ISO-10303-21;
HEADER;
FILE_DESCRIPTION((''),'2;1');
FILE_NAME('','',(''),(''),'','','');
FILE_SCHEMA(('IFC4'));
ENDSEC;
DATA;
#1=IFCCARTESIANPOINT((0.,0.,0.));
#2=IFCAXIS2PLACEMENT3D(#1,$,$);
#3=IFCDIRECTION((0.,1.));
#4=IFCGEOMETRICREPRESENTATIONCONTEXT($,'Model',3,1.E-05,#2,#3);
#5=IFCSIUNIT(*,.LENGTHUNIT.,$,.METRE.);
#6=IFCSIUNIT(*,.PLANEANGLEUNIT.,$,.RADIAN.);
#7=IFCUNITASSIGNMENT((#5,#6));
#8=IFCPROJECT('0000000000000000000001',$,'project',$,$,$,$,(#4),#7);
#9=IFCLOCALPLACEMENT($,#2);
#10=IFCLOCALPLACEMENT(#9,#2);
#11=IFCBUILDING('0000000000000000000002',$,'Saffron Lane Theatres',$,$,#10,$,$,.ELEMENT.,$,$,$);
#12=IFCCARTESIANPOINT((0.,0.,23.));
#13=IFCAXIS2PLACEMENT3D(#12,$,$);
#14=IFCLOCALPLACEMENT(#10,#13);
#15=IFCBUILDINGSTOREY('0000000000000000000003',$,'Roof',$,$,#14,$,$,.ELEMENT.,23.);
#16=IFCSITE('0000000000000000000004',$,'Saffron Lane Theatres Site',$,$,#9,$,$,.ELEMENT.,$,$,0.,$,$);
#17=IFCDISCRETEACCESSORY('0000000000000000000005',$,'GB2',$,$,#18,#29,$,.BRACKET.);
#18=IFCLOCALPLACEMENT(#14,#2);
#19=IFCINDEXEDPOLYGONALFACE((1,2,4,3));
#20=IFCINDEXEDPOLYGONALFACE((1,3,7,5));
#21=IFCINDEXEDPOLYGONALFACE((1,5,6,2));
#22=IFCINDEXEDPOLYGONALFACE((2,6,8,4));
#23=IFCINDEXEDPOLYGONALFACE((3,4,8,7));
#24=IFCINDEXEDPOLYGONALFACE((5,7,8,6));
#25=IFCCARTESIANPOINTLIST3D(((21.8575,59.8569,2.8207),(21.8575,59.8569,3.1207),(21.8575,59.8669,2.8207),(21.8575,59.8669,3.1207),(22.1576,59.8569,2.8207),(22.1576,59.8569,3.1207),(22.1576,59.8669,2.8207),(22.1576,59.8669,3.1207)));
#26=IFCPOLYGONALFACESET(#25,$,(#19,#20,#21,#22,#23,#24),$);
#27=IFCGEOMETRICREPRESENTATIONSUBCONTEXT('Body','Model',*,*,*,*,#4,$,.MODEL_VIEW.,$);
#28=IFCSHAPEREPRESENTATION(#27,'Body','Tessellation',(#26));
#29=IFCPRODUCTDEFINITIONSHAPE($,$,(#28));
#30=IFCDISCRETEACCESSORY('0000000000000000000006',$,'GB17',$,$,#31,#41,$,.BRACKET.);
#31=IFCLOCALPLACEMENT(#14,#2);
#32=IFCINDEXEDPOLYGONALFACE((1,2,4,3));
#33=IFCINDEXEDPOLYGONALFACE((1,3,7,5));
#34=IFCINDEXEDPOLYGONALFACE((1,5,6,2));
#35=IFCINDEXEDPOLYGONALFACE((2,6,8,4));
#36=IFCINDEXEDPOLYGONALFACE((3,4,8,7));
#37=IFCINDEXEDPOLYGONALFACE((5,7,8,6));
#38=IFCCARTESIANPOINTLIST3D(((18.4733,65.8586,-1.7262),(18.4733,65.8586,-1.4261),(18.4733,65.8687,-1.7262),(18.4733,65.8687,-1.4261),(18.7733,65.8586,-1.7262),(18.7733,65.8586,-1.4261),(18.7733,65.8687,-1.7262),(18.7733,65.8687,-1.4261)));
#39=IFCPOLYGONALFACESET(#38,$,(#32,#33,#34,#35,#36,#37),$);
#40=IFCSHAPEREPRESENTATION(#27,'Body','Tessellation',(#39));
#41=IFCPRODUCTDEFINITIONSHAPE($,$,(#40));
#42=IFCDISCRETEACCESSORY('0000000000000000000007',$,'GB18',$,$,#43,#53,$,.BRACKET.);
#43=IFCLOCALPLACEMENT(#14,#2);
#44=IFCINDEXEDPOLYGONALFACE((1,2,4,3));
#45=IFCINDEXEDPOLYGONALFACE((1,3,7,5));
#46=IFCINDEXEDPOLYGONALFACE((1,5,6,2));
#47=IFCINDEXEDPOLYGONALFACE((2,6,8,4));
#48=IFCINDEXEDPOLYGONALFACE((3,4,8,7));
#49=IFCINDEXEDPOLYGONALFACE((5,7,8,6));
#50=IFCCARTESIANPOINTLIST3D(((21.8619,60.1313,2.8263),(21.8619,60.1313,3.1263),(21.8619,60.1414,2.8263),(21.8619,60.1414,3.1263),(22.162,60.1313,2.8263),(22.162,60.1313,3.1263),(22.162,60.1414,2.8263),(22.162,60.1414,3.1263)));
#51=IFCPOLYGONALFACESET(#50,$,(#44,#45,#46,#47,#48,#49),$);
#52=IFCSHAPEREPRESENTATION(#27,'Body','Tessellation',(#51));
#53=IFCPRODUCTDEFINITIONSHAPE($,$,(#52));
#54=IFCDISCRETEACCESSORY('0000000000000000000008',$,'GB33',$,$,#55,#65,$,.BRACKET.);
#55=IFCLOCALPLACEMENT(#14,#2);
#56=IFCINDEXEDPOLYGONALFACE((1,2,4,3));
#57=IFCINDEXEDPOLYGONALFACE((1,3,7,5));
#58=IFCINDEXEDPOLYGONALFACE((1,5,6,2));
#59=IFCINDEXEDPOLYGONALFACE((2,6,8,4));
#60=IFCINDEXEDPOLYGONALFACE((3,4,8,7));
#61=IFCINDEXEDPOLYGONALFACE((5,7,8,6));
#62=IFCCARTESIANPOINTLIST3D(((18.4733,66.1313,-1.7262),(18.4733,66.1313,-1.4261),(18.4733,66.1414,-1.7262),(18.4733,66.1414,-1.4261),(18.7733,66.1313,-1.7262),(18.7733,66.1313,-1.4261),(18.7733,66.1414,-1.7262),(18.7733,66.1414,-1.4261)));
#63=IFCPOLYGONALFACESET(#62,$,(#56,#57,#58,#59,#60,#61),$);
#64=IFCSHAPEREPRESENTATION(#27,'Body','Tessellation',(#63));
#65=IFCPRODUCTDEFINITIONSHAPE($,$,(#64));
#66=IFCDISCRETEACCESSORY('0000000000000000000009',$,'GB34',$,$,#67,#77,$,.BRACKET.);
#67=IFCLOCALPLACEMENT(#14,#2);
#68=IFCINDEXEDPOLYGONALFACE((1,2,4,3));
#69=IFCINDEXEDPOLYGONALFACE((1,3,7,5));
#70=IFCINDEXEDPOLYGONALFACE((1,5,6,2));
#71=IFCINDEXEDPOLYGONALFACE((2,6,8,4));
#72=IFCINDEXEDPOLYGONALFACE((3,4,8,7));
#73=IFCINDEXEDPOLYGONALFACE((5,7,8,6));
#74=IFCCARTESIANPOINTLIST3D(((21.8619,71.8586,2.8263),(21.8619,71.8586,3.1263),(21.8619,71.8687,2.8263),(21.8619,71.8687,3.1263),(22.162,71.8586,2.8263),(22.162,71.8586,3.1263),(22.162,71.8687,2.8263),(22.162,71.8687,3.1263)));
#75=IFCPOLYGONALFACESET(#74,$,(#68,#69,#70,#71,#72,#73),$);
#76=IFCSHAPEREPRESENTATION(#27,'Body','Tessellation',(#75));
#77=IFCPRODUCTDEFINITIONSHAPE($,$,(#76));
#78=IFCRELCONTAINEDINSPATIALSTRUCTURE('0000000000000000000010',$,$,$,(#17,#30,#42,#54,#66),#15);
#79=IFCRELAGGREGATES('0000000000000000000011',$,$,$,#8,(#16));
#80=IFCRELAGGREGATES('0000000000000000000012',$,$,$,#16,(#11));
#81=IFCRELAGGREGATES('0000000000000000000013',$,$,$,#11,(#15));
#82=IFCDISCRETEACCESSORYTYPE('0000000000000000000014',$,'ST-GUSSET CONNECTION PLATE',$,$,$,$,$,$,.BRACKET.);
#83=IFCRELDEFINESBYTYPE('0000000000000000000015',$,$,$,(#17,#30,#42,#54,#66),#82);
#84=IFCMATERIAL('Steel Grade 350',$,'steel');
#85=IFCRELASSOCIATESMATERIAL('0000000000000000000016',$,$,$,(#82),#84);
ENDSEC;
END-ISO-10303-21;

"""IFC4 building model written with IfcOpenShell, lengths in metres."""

from ifc_helpers import new_model, si_unit, direction, frame, origin, origin_2d, place, context, subcontext, project, spatial, rectangle, extrude, material, material_profile, profile_set, type_object, element, save


model = new_model("IFC4")

# Units and contexts
model_context = context("Model", 3, precision=1e-05, world=origin(), true_north=direction((0.0, 1.0)))
body_context = subcontext(model_context, "Body", "Model", "MODEL_VIEW")
ifc_project = project(units=[si_unit("LENGTHUNIT", "METRE"), si_unit("PLANEANGLEUNIT", "RADIAN")], contexts=[model_context])

# Site, building, storey
site_placement = place(None, origin())
site = spatial("IfcSite", under=ifc_project, at=site_placement, Name="Saffron Lane Theatres Site", CompositionType="ELEMENT", RefElevation=0.0)
building_placement = place(site_placement, origin())
building = spatial("IfcBuilding", under=site, at=building_placement, Name="Saffron Lane Theatres", CompositionType="ELEMENT")
storey_placement = place(building_placement, frame((0.0, 0.0, 23.0)))
storey = spatial("IfcBuildingStorey", under=building, at=storey_placement, Name="Roof", CompositionType="ELEMENT", Elevation=23.0)

# Discrete accessories
ifc_material_1 = material(Name="Steel Grade 350", Category="steel")
ifc_material_profile_1 = material_profile(ifc_material_1, rectangle(XDim=0.3, YDim=0.3, at=origin_2d()))
ifc_profile_set_1 = profile_set([ifc_material_profile_1], Name="Steel Grade 350")
discrete_accessory_type = type_object("IfcDiscreteAccessoryType", Name="ST-GUSSET CONNECTION PLATE", PredefinedType="BRACKET", material=ifc_profile_set_1)
for number, where, z_axis, x_axis, name in (
    (1, (22.0076, 59.8669, 2.9707), (0.0, -1.0, 0.0), (1.0, 0.0, 0.0), "GB2"),
    (2, (18.6233, 65.8687, -1.5762), (0.0, -1.0, 0.0), (1.0, 0.0, 0.0), "GB17"),
    (3, (22.012, 60.1313, 2.9763), (0.0, 1.0, 0.0), (-1.0, 0.0, 0.0), "GB18"),
    (4, (18.6233, 66.1313, -1.5762), (0.0, 1.0, 0.0), (-1.0, 0.0, 0.0), "GB33"),
    (5, (22.012, 71.8687, 2.9763), (0.0, -1.0, 0.0), (1.0, 0.0, 0.0), "GB34"),
):
    element("IfcDiscreteAccessory", number, at=place(storey_placement, frame(where, z_axis=z_axis, x_axis=x_axis)), inside=storey, type_object=discrete_accessory_type, Name=name, PredefinedType="BRACKET", context=body_context, shape_type="SweptSolid", body=[
        extrude(rectangle(XDim=0.3, YDim=0.3, at=origin_2d()), origin(), (0.0, 0.0, 1.0), 0.01),
    ])

save(model, "model.ifc")
